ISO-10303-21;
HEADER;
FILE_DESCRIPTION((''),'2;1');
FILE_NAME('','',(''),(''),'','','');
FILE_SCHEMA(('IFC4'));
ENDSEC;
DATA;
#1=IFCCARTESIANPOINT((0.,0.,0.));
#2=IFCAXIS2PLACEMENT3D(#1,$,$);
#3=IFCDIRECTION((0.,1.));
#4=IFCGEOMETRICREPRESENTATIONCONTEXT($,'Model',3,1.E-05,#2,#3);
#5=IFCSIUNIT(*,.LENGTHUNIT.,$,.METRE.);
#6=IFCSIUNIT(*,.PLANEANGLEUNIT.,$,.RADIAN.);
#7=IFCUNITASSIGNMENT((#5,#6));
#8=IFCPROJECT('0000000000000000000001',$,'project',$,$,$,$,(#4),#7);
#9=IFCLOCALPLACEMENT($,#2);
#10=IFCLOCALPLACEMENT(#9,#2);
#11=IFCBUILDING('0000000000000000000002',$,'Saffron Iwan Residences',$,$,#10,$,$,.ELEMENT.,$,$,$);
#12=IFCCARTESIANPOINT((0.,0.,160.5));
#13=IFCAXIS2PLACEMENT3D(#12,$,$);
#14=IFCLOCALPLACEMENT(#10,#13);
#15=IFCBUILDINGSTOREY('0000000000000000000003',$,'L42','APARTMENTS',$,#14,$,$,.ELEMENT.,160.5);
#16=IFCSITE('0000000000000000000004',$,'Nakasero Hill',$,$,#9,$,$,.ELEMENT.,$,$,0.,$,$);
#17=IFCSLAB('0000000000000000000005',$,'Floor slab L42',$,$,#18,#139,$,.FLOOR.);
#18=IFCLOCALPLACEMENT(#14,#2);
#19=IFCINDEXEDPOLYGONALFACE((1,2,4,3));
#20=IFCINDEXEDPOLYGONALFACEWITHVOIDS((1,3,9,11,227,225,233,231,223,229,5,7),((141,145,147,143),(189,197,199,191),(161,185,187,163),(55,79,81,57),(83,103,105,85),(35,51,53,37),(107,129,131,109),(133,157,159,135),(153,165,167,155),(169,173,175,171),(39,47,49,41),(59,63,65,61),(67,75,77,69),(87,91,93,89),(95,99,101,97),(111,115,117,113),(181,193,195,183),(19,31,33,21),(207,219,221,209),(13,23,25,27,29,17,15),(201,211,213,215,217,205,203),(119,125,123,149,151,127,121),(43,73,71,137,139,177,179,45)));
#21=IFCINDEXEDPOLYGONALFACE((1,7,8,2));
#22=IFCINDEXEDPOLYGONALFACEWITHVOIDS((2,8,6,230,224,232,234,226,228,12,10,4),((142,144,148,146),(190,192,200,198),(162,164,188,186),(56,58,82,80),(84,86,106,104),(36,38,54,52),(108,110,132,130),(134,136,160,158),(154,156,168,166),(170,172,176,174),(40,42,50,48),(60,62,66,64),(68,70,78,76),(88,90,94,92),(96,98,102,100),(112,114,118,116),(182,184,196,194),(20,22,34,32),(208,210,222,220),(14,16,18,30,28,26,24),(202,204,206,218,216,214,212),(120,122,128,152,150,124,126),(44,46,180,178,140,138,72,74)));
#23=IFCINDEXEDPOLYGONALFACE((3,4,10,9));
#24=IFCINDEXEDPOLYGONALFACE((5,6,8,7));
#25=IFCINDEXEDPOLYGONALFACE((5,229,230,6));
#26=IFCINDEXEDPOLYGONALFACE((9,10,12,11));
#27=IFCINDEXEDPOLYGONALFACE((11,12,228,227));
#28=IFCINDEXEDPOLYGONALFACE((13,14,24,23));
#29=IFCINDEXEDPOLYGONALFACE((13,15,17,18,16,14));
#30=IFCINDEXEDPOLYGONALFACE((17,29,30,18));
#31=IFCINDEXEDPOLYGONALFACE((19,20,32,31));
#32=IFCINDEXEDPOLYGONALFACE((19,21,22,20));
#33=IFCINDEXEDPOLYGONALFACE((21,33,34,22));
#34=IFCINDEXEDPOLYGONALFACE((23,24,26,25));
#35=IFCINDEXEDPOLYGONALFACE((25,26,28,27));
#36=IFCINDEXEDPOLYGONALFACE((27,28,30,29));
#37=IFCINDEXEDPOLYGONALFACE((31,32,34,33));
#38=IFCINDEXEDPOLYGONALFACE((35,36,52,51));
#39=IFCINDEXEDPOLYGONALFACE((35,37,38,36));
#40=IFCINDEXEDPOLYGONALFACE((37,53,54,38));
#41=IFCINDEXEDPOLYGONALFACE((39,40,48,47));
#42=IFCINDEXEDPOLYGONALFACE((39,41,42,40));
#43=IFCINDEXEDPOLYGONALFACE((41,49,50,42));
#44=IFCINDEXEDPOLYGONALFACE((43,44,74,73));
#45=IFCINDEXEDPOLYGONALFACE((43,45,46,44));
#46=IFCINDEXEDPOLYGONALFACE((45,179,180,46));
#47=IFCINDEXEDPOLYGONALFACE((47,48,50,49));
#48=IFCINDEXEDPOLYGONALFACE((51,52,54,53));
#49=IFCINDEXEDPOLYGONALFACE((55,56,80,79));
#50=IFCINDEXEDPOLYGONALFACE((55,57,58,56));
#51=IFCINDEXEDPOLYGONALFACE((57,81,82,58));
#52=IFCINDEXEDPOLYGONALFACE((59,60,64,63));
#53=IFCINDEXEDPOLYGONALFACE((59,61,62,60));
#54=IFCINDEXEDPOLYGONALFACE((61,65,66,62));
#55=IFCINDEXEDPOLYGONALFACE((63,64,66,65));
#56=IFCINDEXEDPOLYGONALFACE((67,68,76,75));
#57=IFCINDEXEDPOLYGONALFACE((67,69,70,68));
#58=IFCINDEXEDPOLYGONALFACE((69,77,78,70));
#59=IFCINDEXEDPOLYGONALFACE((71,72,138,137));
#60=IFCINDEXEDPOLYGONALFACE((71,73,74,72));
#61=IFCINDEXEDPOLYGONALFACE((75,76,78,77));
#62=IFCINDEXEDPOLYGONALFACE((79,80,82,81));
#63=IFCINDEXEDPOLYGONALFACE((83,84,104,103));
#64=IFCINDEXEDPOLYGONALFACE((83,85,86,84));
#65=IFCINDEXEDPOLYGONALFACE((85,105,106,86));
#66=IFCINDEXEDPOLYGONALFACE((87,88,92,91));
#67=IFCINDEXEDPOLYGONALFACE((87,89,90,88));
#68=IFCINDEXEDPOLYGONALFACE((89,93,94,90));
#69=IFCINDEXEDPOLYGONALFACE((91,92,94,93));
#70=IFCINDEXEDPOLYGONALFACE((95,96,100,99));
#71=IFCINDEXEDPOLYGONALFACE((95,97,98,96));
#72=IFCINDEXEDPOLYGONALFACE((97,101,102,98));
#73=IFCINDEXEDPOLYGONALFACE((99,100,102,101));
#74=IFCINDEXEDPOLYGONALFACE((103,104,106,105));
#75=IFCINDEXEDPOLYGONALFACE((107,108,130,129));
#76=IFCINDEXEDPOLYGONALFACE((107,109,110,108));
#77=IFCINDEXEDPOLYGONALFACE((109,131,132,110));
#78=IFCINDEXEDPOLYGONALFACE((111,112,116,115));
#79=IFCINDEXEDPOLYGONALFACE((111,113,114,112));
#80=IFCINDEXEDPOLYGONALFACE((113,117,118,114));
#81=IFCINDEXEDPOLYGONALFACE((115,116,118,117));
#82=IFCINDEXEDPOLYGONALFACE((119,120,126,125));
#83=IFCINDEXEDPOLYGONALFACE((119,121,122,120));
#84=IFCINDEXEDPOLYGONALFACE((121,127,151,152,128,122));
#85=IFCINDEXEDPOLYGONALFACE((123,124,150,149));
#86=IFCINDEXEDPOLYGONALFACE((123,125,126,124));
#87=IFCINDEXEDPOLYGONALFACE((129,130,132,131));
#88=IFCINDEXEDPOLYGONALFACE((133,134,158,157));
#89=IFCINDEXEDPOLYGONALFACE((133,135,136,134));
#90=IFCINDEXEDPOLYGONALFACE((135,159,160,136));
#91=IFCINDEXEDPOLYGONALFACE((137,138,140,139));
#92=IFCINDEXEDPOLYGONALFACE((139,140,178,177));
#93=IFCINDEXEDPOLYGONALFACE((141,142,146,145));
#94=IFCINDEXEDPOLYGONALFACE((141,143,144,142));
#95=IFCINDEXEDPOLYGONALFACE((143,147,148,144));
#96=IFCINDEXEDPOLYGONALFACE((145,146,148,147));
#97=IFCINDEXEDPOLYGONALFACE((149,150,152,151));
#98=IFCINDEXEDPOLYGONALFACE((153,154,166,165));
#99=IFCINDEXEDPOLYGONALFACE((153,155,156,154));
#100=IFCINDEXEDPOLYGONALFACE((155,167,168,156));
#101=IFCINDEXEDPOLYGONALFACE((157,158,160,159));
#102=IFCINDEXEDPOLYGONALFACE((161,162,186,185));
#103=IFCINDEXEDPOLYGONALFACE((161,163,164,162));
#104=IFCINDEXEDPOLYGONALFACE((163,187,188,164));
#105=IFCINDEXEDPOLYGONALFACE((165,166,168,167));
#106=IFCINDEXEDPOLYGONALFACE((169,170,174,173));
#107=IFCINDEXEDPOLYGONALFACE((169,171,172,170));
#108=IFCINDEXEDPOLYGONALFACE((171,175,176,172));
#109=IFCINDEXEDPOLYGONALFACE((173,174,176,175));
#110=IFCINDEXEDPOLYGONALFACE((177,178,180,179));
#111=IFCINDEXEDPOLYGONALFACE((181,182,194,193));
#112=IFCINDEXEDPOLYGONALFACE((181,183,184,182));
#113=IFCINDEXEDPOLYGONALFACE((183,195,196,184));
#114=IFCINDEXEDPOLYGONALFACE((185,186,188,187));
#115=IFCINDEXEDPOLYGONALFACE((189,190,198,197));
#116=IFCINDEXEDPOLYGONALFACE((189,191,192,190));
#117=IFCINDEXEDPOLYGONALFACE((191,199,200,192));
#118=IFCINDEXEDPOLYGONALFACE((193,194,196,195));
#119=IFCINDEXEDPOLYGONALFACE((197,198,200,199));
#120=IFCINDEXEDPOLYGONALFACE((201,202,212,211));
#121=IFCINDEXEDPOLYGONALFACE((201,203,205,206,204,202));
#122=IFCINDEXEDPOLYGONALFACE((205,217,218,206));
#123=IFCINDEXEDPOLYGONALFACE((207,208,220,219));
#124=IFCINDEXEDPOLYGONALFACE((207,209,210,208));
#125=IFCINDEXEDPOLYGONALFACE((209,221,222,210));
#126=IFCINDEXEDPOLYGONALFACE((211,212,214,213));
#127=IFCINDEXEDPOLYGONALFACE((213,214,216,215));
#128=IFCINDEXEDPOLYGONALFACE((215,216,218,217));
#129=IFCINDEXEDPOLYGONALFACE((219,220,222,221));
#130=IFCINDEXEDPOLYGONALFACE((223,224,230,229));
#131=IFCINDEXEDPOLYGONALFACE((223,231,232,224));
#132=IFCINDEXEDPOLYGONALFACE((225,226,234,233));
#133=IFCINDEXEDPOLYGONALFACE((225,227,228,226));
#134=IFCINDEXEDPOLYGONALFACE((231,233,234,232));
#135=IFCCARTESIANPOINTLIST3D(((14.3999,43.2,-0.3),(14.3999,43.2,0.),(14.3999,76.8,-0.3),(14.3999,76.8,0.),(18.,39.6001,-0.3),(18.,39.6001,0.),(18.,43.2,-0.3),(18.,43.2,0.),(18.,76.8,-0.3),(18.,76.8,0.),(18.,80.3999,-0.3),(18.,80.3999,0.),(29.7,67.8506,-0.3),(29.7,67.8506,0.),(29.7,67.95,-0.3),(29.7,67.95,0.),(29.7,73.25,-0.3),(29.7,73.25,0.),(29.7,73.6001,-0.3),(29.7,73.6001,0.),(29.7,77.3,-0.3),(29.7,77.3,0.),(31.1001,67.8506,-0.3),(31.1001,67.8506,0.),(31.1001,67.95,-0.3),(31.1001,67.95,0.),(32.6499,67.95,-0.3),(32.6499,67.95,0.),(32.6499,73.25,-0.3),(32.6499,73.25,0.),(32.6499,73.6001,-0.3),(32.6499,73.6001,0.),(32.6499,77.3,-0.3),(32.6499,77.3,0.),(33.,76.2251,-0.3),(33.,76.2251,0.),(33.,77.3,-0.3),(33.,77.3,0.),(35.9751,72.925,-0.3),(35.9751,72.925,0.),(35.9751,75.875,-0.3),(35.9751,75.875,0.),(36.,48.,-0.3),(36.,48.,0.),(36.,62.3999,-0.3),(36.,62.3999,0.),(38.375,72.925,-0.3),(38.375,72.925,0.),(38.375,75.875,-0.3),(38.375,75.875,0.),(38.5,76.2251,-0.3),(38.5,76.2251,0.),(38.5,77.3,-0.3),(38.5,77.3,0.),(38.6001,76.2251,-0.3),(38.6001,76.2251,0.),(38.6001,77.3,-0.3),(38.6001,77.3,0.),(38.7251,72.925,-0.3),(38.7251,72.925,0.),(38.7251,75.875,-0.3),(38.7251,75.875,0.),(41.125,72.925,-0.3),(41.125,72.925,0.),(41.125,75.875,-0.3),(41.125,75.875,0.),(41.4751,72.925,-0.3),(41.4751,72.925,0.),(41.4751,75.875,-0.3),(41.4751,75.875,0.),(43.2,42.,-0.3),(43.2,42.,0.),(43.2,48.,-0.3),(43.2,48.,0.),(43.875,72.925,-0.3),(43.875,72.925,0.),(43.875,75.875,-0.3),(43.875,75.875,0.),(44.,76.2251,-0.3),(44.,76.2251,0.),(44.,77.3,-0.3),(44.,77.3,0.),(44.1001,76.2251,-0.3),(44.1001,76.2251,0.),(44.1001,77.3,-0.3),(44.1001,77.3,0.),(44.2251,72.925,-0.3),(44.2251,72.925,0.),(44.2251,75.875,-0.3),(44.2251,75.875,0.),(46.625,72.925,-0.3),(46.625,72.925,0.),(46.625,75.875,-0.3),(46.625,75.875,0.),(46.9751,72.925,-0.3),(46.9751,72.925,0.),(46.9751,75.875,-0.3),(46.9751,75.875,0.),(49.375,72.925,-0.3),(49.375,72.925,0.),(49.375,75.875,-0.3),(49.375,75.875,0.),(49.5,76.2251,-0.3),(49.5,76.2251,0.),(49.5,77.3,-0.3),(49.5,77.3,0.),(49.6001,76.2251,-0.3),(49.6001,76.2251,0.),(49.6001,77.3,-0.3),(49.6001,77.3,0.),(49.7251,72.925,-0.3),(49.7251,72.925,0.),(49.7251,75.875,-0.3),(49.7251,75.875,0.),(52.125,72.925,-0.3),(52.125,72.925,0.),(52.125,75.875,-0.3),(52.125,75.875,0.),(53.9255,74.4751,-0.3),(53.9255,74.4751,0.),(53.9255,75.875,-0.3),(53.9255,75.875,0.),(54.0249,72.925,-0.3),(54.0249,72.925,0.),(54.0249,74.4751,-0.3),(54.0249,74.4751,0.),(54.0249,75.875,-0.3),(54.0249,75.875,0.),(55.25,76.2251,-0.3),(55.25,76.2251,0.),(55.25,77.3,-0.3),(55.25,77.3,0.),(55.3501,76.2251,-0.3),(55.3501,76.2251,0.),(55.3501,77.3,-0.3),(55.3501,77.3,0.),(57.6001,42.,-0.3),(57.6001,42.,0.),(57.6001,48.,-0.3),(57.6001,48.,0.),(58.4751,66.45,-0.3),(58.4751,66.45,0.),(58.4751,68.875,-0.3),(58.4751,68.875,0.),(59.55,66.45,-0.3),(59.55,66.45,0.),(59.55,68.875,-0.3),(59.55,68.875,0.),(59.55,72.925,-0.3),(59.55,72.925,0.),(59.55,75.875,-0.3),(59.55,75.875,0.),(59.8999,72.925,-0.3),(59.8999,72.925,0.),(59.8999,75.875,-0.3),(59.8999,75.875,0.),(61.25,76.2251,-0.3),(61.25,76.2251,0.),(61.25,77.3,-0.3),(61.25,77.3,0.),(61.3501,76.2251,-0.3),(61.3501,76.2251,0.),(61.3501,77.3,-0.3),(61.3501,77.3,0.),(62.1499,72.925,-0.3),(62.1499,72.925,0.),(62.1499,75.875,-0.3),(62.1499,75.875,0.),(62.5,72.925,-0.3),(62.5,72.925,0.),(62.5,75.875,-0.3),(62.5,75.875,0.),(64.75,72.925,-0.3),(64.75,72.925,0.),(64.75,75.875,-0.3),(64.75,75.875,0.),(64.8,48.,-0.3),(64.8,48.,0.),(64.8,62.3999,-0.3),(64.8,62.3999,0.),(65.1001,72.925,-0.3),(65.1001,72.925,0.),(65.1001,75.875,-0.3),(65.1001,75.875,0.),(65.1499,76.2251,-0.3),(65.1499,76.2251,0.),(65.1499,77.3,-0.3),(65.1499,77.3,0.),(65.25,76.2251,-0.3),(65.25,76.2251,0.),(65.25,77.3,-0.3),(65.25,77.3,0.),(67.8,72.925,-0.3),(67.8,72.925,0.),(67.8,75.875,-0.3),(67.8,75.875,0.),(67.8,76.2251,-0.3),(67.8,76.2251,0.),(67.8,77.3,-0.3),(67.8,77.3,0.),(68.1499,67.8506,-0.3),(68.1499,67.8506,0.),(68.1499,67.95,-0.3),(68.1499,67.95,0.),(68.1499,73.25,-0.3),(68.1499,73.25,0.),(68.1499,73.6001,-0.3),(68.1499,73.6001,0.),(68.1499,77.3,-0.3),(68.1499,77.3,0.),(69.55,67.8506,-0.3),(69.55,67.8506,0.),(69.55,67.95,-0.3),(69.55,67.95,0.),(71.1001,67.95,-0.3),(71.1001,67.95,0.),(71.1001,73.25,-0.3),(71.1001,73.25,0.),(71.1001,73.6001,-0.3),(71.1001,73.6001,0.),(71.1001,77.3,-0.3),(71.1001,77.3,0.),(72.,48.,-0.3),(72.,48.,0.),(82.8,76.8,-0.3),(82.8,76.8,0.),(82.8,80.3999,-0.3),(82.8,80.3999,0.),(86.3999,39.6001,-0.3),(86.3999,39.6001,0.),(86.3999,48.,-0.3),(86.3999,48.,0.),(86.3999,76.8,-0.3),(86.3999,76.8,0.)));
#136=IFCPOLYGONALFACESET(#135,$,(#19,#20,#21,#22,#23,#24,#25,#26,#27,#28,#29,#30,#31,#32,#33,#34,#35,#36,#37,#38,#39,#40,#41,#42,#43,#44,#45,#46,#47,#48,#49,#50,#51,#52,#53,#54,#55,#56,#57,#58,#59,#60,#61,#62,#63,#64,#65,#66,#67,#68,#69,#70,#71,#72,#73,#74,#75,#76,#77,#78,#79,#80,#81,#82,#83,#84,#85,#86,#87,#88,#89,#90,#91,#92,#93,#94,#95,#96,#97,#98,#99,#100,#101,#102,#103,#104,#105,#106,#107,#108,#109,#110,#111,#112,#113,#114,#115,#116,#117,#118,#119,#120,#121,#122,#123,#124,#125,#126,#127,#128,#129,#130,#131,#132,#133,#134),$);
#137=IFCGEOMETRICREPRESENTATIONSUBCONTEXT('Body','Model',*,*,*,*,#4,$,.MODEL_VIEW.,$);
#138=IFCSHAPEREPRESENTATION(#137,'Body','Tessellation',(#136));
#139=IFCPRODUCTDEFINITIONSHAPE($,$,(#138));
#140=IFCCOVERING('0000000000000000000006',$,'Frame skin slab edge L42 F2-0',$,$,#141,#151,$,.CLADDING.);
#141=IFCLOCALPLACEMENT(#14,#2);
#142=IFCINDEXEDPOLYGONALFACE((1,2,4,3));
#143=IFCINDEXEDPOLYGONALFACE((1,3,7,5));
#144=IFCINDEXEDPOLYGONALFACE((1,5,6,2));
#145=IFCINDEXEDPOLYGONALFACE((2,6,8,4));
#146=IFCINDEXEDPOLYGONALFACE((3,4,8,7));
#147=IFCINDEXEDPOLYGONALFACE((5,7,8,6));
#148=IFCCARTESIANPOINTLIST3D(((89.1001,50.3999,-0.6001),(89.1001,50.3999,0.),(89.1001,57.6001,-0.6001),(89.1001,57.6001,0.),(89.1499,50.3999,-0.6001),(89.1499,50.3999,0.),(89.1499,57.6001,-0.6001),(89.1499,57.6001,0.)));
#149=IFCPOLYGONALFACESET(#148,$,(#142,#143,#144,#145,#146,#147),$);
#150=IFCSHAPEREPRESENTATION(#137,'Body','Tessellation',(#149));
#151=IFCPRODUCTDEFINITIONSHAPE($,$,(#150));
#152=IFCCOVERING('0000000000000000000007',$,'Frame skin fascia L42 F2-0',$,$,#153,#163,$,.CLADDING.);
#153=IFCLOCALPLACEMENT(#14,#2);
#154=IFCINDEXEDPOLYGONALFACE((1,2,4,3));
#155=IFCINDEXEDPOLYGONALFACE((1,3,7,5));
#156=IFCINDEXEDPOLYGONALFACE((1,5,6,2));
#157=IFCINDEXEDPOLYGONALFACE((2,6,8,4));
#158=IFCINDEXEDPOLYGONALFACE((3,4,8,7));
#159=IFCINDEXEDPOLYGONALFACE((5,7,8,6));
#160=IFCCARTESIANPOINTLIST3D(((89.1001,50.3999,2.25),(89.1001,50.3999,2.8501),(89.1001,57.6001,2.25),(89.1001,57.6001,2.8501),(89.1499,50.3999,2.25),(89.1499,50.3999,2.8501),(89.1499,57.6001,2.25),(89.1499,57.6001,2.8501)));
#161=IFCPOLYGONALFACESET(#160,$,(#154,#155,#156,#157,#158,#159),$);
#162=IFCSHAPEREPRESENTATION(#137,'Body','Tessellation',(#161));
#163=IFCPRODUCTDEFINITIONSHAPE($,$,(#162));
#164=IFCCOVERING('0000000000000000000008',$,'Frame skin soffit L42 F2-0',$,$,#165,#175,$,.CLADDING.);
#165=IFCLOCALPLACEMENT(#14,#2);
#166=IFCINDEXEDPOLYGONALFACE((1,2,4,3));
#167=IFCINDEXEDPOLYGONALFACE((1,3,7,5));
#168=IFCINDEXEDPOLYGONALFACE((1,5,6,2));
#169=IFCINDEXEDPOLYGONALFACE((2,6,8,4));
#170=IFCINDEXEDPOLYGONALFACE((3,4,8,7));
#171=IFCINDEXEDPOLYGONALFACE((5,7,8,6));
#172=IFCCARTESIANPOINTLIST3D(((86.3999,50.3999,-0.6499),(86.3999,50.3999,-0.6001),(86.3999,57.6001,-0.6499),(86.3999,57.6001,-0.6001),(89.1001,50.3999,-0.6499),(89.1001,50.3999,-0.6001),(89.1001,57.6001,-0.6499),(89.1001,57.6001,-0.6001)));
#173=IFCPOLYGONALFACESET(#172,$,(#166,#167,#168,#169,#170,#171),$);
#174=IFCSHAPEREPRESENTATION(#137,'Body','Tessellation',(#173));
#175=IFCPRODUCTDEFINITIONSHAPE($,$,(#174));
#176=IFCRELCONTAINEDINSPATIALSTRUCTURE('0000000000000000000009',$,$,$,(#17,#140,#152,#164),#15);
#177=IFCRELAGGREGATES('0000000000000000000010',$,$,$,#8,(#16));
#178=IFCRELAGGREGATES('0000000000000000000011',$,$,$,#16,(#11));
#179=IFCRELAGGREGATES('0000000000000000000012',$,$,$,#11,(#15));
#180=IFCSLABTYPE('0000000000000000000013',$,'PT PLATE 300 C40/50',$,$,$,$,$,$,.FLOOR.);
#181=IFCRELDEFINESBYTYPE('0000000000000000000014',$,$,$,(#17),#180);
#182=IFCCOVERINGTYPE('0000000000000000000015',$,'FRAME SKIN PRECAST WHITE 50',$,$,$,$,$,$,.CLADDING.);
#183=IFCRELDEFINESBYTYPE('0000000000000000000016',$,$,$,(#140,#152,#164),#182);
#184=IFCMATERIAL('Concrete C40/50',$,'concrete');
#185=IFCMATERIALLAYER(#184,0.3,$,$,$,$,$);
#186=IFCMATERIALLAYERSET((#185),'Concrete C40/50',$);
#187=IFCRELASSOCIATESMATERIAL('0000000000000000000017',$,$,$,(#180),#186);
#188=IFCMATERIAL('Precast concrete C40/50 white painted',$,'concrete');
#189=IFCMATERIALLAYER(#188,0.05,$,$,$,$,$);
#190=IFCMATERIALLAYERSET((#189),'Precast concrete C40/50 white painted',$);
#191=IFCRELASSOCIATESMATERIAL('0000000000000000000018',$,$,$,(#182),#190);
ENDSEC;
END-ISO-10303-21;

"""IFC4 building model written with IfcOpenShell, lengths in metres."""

from ifc_helpers import new_model, si_unit, direction, frame, origin, place, context, subcontext, project, spatial, polyline, outline, extrude, material, layer, layer_set, type_object, element, save


model = new_model("IFC4")

# Units and contexts
model_context = context("Model", 3, precision=1e-05, world=origin(), true_north=direction((0.0, 1.0)))
body_context = subcontext(model_context, "Body", "Model", "MODEL_VIEW")
ifc_project = project(units=[si_unit("LENGTHUNIT", "METRE"), si_unit("PLANEANGLEUNIT", "RADIAN")], contexts=[model_context])

# Site, building, storey
site_placement = place(None, origin())
site = spatial("IfcSite", under=ifc_project, at=site_placement, Name="Nakasero Hill", CompositionType="ELEMENT", RefElevation=0.0)
building_placement = place(site_placement, origin())
building = spatial("IfcBuilding", under=site, at=building_placement, Name="Saffron Iwan Residences", CompositionType="ELEMENT")
storey_placement = place(building_placement, frame((0.0, 0.0, 160.5)))
storey = spatial("IfcBuildingStorey", under=building, at=storey_placement, Name="L42", Description="APARTMENTS", CompositionType="ELEMENT", Elevation=160.5)

# Slab
ifc_material_1 = material(Name="Concrete C40/50", Category="concrete")
ifc_layer_1 = layer(ifc_material_1, 0.3)
ifc_layer_set_1 = layer_set([ifc_layer_1], Name="Concrete C40/50")
slab_type_1 = type_object("IfcSlabType", Name="PT PLATE 300 C40/50", PredefinedType="FLOOR", material=ifc_layer_set_1)
slab_1_placement = place(storey_placement, frame((0.0, 0.0, -0.3)))
element("IfcSlab", 1, at=slab_1_placement, inside=storey, type_object=slab_type_1, Name="Floor slab L42", PredefinedType="FLOOR", context=body_context, shape_type="SweptSolid", body=[
    extrude(outline(polyline([(14.3999, 43.2), (14.3999, 76.8), (18.0, 76.8), (18.0, 80.3999), (82.8, 80.3999), (82.8, 76.8), (86.3999, 76.8), (86.3999, 48.0), (72.0, 48.0), (86.3999, 39.6001), (18.0, 39.6001), (18.0, 43.2), (14.3999, 43.2)]), holes=[polyline([(64.8, 48.0), (64.8, 62.3999), (36.0, 62.3999), (36.0, 48.0), (43.2, 48.0), (43.2, 42.0), (57.6001, 42.0), (57.6001, 48.0), (64.8, 48.0)]), polyline([(29.7, 73.25), (29.7, 67.95), (29.7, 67.8506), (31.1001, 67.8506), (31.1001, 67.95), (32.6499, 67.95), (32.6499, 73.25), (29.7, 73.25)]), polyline([(38.375, 75.875), (35.9751, 75.875), (35.9751, 72.925), (38.375, 72.925), (38.375, 75.875)]), polyline([(41.125, 75.875), (38.7251, 75.875), (38.7251, 72.925), (41.125, 72.925), (41.125, 75.875)]), polyline([(43.875, 72.925), (43.875, 75.875), (41.4751, 75.875), (41.4751, 72.925), (43.875, 72.925)]), polyline([(46.625, 72.925), (46.625, 75.875), (44.2251, 75.875), (44.2251, 72.925), (46.625, 72.925)]), polyline([(49.375, 75.875), (46.9751, 75.875), (46.9751, 72.925), (49.375, 72.925), (49.375, 75.875)]), polyline([(52.125, 72.925), (52.125, 75.875), (49.7251, 75.875), (49.7251, 72.925), (52.125, 72.925)]), polyline([(32.6499, 73.6001), (32.6499, 77.3), (29.7, 77.3), (29.7, 73.6001), (32.6499, 73.6001)]), polyline([(38.5, 77.3), (33.0, 77.3), (33.0, 76.2251), (38.5, 76.2251), (38.5, 77.3)]), polyline([(44.0, 76.2251), (44.0, 77.3), (38.6001, 77.3), (38.6001, 76.2251), (44.0, 76.2251)]), polyline([(49.5, 76.2251), (49.5, 77.3), (44.1001, 77.3), (44.1001, 76.2251), (49.5, 76.2251)]), polyline([(59.55, 68.875), (58.4751, 68.875), (58.4751, 66.45), (59.55, 66.45), (59.55, 68.875)]), polyline([(68.1499, 73.25), (68.1499, 67.95), (68.1499, 67.8506), (69.55, 67.8506), (69.55, 67.95), (71.1001, 67.95), (71.1001, 73.25), (68.1499, 73.25)]), polyline([(54.0249, 74.4751), (54.0249, 72.925), (59.55, 72.925), (59.55, 75.875), (54.0249, 75.875), (53.9255, 75.875), (53.9255, 74.4751), (54.0249, 74.4751)]), polyline([(62.1499, 72.925), (62.1499, 75.875), (59.8999, 75.875), (59.8999, 72.925), (62.1499, 72.925)]), polyline([(64.75, 72.925), (64.75, 75.875), (62.5, 75.875), (62.5, 72.925), (64.75, 72.925)]), polyline([(67.8, 75.875), (65.1001, 75.875), (65.1001, 72.925), (67.8, 72.925), (67.8, 75.875)]), polyline([(71.1001, 73.6001), (71.1001, 77.3), (68.1499, 77.3), (68.1499, 73.6001), (71.1001, 73.6001)]), polyline([(55.25, 76.2251), (55.25, 77.3), (49.6001, 77.3), (49.6001, 76.2251), (55.25, 76.2251)]), polyline([(61.25, 77.3), (55.3501, 77.3), (55.3501, 76.2251), (61.25, 76.2251), (61.25, 77.3)]), polyline([(65.1499, 76.2251), (65.1499, 77.3), (61.3501, 77.3), (61.3501, 76.2251), (65.1499, 76.2251)]), polyline([(67.8, 76.2251), (67.8, 77.3), (65.25, 77.3), (65.25, 76.2251), (67.8, 76.2251)])]), origin(), (0.0, 0.0, 1.0), 0.3),
])

# Coverings
ifc_material_2 = material(Name="Precast concrete C40/50 white painted", Category="concrete")
ifc_layer_2 = layer(ifc_material_2, 0.05)
ifc_layer_set_2 = layer_set([ifc_layer_2], Name="Precast concrete C40/50 white painted")
covering_type_1 = type_object("IfcCoveringType", Name="FRAME SKIN PRECAST WHITE 50", PredefinedType="CLADDING", material=ifc_layer_set_2)
for number, where, name in (
    (2, (0.0, 0.0, -0.6001), "Frame skin slab edge L42 F2-0"),
    (3, (0.0, 0.0, 2.25), "Frame skin fascia L42 F2-0"),
):
    element("IfcCovering", number, at=place(storey_placement, frame(where)), inside=storey, type_object=covering_type_1, Name=name, PredefinedType="CLADDING", context=body_context, shape_type="SweptSolid", body=[
        extrude(outline(polyline([(89.1499, 50.3999), (89.1499, 57.6001), (89.1001, 57.6001), (89.1001, 50.3999), (89.1499, 50.3999)])), origin(), (0.0, 0.0, 1.0), 0.6001),
    ])
covering_1_placement = place(storey_placement, frame((0.0, 0.0, -0.6499)))
element("IfcCovering", 4, at=covering_1_placement, inside=storey, type_object=covering_type_1, Name="Frame skin soffit L42 F2-0", PredefinedType="CLADDING", context=body_context, shape_type="SweptSolid", body=[
    extrude(outline(polyline([(89.1001, 50.3999), (89.1001, 57.6001), (86.3999, 57.6001), (86.3999, 50.3999), (89.1001, 50.3999)])), origin(), (0.0, 0.0, 1.0), 0.0498),
])

save(model, "model.ifc")
